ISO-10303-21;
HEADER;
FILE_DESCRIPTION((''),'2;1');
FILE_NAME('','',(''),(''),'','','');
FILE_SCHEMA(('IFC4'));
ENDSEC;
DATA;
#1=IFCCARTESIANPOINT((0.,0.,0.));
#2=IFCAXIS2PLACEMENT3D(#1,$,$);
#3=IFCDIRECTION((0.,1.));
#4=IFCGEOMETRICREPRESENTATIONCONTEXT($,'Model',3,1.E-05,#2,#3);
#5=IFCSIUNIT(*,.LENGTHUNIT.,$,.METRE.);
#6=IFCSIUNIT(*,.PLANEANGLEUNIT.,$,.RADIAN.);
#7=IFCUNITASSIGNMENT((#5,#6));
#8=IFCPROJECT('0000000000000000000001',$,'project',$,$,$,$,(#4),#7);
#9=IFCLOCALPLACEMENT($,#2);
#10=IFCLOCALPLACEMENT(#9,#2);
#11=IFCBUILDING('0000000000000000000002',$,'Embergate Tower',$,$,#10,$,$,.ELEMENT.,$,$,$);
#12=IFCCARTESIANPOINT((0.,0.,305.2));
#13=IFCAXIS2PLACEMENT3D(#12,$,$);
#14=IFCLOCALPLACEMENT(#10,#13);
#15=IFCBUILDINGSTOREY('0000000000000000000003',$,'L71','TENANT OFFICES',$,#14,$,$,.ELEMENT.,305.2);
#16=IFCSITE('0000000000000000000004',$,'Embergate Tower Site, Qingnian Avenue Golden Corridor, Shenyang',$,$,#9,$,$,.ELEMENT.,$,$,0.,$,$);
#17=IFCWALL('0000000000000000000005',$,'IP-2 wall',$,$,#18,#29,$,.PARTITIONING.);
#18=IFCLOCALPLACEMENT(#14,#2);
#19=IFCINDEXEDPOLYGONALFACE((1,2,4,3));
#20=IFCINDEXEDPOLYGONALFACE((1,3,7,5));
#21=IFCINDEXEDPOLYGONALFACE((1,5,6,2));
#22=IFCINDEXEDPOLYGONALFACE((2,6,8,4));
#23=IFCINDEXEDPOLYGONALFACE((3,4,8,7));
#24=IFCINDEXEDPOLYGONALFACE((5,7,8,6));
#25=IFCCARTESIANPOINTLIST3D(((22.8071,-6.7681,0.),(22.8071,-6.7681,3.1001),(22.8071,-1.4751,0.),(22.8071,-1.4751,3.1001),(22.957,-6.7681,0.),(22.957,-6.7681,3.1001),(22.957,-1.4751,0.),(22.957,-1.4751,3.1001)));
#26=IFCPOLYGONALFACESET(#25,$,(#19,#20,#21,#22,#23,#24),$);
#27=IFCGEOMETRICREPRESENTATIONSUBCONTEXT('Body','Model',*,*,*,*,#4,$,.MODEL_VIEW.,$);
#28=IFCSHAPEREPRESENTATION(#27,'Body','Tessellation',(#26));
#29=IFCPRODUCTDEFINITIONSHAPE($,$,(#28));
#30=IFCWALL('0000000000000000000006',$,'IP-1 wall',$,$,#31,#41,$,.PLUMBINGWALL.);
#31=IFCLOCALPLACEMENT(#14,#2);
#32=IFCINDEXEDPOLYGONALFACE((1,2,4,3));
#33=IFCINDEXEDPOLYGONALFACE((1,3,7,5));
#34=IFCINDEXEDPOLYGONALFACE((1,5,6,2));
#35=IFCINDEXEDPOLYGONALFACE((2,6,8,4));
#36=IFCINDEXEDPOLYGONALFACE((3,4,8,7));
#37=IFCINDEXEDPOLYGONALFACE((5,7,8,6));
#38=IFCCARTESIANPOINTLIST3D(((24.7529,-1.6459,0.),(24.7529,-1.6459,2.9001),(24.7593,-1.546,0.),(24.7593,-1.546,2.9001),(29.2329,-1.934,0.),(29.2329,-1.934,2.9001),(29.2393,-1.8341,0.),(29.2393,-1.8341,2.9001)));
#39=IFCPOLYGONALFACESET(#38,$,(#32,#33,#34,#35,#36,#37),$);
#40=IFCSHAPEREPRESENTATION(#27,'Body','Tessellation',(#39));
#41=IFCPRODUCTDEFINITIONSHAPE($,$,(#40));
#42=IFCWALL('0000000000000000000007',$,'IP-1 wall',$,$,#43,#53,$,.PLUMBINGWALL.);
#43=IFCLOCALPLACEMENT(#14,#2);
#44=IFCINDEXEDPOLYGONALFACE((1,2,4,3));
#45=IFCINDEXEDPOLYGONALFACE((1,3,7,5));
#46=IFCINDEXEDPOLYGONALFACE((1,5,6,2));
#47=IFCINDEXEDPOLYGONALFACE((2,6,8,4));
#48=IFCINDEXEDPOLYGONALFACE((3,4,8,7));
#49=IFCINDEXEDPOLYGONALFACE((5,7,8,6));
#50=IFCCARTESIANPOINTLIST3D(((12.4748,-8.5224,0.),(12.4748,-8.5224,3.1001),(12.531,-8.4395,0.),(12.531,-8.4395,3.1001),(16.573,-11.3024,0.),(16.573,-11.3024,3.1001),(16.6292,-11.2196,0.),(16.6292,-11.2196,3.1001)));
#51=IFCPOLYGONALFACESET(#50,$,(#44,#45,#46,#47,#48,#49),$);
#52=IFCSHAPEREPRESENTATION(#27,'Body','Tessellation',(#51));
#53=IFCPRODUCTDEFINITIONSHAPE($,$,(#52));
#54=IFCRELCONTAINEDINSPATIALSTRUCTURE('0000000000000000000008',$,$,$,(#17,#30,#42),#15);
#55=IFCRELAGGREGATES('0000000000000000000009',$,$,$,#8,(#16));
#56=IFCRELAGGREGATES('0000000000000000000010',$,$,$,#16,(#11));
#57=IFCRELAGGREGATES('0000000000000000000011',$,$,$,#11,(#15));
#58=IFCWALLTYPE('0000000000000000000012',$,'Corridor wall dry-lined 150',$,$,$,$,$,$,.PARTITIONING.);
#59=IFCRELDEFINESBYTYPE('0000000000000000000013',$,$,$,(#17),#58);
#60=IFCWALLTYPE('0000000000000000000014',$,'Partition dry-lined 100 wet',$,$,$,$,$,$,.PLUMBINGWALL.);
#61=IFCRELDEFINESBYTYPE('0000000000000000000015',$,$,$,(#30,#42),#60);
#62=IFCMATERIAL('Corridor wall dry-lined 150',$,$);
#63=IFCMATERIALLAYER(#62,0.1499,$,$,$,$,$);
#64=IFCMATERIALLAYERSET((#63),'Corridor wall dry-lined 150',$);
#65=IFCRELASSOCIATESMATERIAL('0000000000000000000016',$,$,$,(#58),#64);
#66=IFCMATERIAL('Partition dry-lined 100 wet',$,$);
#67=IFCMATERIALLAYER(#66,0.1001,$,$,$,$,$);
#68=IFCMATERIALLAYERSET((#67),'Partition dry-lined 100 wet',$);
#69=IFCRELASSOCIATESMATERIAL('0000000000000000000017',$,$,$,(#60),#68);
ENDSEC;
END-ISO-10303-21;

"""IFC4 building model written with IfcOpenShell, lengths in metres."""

from ifc_helpers import new_model, si_unit, direction, frame, frame_2d, origin, place, context, subcontext, project, spatial, rectangle, extrude, source, transform, mapped, material, layer, layer_set, type_object, element, save


model = new_model("IFC4")

# Units and contexts
model_context = context("Model", 3, precision=1e-05, world=origin(), true_north=direction((0.0, 1.0)))
body_context = subcontext(model_context, "Body", "Model", "MODEL_VIEW")
ifc_project = project(units=[si_unit("LENGTHUNIT", "METRE"), si_unit("PLANEANGLEUNIT", "RADIAN")], contexts=[model_context])

# Site, building, storey
site_placement = place(None, origin())
site = spatial("IfcSite", under=ifc_project, at=site_placement, Name="Embergate Tower Site, Qingnian Avenue Golden Corridor, Shenyang", CompositionType="ELEMENT", RefElevation=0.0)
building_placement = place(site_placement, origin())
building = spatial("IfcBuilding", under=site, at=building_placement, Name="Embergate Tower", CompositionType="ELEMENT")
storey_placement = place(building_placement, frame((0.0, 0.0, 305.2)))
storey = spatial("IfcBuildingStorey", under=building, at=storey_placement, Name="L71", Description="TENANT OFFICES", CompositionType="ELEMENT", Elevation=305.2)

# Shared definitions
ifc_material_1 = material(Name="Corridor wall dry-lined 150")
ifc_layer_1 = layer(ifc_material_1, 0.1499)
ifc_layer_set_1 = layer_set([ifc_layer_1], Name="Corridor wall dry-lined 150")
wall_type_1 = type_object("IfcWallType", Name="Corridor wall dry-lined 150", PredefinedType="PARTITIONING", material=ifc_layer_set_1)

# Walls
shared_shape_1 = source(origin(), body_context, "Body", "SweptSolid", [
    extrude(rectangle(XDim=5.293, YDim=0.1499, at=frame_2d((2.6465, 0.0))), origin(), (0.0, 0.0, 1.0), 3.1001),
])
wall_1_placement = place(storey_placement, frame((22.8821, -1.4751, 0.0), z_axis=(0.0, 0.0, 1.0), x_axis=(0.0, -1.0, 0.0)))
element("IfcWall", 1, at=wall_1_placement, inside=storey, type_object=wall_type_1, Name="IP-2 wall", PredefinedType="PARTITIONING", context=body_context, shape_type="MappedRepresentation", body=[
    mapped(shared_shape_1, transform((0.0, 0.0, 0.0))),
])
ifc_material_2 = material(Name="Partition dry-lined 100 wet")
ifc_layer_2 = layer(ifc_material_2, 0.1001)
ifc_layer_set_2 = layer_set([ifc_layer_2], Name="Partition dry-lined 100 wet")
wall_type_2 = type_object("IfcWallType", Name="Partition dry-lined 100 wet", PredefinedType="PLUMBINGWALL", material=ifc_layer_set_2)
shared_shape_2 = source(origin(), body_context, "Body", "SweptSolid", [
    extrude(rectangle(XDim=4.4893, YDim=0.1001, at=frame_2d((2.2446, 0.0))), origin(), (0.0, 0.0, 1.0), 2.9001),
])
wall_2_placement = place(storey_placement, frame((29.2361, -1.884, 0.0), z_axis=(0.0, 0.0, 1.0), x_axis=(-0.997939, 0.064173, 0.0)))
element("IfcWall", 2, at=wall_2_placement, inside=storey, type_object=wall_type_2, Name="IP-1 wall", PredefinedType="PLUMBINGWALL", context=body_context, shape_type="MappedRepresentation", body=[
    mapped(shared_shape_2, transform((0.0, 0.0, 0.0))),
])
shared_shape_3 = source(origin(), body_context, "Body", "SweptSolid", [
    extrude(rectangle(XDim=4.9521, YDim=0.1001, at=frame_2d((2.4761, 0.0))), origin(), (0.0, 0.0, 1.0), 3.1001),
])
wall_3_placement = place(storey_placement, frame((16.6011, -11.261, 0.0), z_axis=(0.0, 0.0, 1.0), x_axis=(-0.827556, 0.561383, 0.0)))
element("IfcWall", 3, at=wall_3_placement, inside=storey, type_object=wall_type_2, Name="IP-1 wall", PredefinedType="PLUMBINGWALL", context=body_context, shape_type="MappedRepresentation", body=[
    mapped(shared_shape_3, transform((0.0, 0.0, 0.0))),
])

save(model, "model.ifc")
